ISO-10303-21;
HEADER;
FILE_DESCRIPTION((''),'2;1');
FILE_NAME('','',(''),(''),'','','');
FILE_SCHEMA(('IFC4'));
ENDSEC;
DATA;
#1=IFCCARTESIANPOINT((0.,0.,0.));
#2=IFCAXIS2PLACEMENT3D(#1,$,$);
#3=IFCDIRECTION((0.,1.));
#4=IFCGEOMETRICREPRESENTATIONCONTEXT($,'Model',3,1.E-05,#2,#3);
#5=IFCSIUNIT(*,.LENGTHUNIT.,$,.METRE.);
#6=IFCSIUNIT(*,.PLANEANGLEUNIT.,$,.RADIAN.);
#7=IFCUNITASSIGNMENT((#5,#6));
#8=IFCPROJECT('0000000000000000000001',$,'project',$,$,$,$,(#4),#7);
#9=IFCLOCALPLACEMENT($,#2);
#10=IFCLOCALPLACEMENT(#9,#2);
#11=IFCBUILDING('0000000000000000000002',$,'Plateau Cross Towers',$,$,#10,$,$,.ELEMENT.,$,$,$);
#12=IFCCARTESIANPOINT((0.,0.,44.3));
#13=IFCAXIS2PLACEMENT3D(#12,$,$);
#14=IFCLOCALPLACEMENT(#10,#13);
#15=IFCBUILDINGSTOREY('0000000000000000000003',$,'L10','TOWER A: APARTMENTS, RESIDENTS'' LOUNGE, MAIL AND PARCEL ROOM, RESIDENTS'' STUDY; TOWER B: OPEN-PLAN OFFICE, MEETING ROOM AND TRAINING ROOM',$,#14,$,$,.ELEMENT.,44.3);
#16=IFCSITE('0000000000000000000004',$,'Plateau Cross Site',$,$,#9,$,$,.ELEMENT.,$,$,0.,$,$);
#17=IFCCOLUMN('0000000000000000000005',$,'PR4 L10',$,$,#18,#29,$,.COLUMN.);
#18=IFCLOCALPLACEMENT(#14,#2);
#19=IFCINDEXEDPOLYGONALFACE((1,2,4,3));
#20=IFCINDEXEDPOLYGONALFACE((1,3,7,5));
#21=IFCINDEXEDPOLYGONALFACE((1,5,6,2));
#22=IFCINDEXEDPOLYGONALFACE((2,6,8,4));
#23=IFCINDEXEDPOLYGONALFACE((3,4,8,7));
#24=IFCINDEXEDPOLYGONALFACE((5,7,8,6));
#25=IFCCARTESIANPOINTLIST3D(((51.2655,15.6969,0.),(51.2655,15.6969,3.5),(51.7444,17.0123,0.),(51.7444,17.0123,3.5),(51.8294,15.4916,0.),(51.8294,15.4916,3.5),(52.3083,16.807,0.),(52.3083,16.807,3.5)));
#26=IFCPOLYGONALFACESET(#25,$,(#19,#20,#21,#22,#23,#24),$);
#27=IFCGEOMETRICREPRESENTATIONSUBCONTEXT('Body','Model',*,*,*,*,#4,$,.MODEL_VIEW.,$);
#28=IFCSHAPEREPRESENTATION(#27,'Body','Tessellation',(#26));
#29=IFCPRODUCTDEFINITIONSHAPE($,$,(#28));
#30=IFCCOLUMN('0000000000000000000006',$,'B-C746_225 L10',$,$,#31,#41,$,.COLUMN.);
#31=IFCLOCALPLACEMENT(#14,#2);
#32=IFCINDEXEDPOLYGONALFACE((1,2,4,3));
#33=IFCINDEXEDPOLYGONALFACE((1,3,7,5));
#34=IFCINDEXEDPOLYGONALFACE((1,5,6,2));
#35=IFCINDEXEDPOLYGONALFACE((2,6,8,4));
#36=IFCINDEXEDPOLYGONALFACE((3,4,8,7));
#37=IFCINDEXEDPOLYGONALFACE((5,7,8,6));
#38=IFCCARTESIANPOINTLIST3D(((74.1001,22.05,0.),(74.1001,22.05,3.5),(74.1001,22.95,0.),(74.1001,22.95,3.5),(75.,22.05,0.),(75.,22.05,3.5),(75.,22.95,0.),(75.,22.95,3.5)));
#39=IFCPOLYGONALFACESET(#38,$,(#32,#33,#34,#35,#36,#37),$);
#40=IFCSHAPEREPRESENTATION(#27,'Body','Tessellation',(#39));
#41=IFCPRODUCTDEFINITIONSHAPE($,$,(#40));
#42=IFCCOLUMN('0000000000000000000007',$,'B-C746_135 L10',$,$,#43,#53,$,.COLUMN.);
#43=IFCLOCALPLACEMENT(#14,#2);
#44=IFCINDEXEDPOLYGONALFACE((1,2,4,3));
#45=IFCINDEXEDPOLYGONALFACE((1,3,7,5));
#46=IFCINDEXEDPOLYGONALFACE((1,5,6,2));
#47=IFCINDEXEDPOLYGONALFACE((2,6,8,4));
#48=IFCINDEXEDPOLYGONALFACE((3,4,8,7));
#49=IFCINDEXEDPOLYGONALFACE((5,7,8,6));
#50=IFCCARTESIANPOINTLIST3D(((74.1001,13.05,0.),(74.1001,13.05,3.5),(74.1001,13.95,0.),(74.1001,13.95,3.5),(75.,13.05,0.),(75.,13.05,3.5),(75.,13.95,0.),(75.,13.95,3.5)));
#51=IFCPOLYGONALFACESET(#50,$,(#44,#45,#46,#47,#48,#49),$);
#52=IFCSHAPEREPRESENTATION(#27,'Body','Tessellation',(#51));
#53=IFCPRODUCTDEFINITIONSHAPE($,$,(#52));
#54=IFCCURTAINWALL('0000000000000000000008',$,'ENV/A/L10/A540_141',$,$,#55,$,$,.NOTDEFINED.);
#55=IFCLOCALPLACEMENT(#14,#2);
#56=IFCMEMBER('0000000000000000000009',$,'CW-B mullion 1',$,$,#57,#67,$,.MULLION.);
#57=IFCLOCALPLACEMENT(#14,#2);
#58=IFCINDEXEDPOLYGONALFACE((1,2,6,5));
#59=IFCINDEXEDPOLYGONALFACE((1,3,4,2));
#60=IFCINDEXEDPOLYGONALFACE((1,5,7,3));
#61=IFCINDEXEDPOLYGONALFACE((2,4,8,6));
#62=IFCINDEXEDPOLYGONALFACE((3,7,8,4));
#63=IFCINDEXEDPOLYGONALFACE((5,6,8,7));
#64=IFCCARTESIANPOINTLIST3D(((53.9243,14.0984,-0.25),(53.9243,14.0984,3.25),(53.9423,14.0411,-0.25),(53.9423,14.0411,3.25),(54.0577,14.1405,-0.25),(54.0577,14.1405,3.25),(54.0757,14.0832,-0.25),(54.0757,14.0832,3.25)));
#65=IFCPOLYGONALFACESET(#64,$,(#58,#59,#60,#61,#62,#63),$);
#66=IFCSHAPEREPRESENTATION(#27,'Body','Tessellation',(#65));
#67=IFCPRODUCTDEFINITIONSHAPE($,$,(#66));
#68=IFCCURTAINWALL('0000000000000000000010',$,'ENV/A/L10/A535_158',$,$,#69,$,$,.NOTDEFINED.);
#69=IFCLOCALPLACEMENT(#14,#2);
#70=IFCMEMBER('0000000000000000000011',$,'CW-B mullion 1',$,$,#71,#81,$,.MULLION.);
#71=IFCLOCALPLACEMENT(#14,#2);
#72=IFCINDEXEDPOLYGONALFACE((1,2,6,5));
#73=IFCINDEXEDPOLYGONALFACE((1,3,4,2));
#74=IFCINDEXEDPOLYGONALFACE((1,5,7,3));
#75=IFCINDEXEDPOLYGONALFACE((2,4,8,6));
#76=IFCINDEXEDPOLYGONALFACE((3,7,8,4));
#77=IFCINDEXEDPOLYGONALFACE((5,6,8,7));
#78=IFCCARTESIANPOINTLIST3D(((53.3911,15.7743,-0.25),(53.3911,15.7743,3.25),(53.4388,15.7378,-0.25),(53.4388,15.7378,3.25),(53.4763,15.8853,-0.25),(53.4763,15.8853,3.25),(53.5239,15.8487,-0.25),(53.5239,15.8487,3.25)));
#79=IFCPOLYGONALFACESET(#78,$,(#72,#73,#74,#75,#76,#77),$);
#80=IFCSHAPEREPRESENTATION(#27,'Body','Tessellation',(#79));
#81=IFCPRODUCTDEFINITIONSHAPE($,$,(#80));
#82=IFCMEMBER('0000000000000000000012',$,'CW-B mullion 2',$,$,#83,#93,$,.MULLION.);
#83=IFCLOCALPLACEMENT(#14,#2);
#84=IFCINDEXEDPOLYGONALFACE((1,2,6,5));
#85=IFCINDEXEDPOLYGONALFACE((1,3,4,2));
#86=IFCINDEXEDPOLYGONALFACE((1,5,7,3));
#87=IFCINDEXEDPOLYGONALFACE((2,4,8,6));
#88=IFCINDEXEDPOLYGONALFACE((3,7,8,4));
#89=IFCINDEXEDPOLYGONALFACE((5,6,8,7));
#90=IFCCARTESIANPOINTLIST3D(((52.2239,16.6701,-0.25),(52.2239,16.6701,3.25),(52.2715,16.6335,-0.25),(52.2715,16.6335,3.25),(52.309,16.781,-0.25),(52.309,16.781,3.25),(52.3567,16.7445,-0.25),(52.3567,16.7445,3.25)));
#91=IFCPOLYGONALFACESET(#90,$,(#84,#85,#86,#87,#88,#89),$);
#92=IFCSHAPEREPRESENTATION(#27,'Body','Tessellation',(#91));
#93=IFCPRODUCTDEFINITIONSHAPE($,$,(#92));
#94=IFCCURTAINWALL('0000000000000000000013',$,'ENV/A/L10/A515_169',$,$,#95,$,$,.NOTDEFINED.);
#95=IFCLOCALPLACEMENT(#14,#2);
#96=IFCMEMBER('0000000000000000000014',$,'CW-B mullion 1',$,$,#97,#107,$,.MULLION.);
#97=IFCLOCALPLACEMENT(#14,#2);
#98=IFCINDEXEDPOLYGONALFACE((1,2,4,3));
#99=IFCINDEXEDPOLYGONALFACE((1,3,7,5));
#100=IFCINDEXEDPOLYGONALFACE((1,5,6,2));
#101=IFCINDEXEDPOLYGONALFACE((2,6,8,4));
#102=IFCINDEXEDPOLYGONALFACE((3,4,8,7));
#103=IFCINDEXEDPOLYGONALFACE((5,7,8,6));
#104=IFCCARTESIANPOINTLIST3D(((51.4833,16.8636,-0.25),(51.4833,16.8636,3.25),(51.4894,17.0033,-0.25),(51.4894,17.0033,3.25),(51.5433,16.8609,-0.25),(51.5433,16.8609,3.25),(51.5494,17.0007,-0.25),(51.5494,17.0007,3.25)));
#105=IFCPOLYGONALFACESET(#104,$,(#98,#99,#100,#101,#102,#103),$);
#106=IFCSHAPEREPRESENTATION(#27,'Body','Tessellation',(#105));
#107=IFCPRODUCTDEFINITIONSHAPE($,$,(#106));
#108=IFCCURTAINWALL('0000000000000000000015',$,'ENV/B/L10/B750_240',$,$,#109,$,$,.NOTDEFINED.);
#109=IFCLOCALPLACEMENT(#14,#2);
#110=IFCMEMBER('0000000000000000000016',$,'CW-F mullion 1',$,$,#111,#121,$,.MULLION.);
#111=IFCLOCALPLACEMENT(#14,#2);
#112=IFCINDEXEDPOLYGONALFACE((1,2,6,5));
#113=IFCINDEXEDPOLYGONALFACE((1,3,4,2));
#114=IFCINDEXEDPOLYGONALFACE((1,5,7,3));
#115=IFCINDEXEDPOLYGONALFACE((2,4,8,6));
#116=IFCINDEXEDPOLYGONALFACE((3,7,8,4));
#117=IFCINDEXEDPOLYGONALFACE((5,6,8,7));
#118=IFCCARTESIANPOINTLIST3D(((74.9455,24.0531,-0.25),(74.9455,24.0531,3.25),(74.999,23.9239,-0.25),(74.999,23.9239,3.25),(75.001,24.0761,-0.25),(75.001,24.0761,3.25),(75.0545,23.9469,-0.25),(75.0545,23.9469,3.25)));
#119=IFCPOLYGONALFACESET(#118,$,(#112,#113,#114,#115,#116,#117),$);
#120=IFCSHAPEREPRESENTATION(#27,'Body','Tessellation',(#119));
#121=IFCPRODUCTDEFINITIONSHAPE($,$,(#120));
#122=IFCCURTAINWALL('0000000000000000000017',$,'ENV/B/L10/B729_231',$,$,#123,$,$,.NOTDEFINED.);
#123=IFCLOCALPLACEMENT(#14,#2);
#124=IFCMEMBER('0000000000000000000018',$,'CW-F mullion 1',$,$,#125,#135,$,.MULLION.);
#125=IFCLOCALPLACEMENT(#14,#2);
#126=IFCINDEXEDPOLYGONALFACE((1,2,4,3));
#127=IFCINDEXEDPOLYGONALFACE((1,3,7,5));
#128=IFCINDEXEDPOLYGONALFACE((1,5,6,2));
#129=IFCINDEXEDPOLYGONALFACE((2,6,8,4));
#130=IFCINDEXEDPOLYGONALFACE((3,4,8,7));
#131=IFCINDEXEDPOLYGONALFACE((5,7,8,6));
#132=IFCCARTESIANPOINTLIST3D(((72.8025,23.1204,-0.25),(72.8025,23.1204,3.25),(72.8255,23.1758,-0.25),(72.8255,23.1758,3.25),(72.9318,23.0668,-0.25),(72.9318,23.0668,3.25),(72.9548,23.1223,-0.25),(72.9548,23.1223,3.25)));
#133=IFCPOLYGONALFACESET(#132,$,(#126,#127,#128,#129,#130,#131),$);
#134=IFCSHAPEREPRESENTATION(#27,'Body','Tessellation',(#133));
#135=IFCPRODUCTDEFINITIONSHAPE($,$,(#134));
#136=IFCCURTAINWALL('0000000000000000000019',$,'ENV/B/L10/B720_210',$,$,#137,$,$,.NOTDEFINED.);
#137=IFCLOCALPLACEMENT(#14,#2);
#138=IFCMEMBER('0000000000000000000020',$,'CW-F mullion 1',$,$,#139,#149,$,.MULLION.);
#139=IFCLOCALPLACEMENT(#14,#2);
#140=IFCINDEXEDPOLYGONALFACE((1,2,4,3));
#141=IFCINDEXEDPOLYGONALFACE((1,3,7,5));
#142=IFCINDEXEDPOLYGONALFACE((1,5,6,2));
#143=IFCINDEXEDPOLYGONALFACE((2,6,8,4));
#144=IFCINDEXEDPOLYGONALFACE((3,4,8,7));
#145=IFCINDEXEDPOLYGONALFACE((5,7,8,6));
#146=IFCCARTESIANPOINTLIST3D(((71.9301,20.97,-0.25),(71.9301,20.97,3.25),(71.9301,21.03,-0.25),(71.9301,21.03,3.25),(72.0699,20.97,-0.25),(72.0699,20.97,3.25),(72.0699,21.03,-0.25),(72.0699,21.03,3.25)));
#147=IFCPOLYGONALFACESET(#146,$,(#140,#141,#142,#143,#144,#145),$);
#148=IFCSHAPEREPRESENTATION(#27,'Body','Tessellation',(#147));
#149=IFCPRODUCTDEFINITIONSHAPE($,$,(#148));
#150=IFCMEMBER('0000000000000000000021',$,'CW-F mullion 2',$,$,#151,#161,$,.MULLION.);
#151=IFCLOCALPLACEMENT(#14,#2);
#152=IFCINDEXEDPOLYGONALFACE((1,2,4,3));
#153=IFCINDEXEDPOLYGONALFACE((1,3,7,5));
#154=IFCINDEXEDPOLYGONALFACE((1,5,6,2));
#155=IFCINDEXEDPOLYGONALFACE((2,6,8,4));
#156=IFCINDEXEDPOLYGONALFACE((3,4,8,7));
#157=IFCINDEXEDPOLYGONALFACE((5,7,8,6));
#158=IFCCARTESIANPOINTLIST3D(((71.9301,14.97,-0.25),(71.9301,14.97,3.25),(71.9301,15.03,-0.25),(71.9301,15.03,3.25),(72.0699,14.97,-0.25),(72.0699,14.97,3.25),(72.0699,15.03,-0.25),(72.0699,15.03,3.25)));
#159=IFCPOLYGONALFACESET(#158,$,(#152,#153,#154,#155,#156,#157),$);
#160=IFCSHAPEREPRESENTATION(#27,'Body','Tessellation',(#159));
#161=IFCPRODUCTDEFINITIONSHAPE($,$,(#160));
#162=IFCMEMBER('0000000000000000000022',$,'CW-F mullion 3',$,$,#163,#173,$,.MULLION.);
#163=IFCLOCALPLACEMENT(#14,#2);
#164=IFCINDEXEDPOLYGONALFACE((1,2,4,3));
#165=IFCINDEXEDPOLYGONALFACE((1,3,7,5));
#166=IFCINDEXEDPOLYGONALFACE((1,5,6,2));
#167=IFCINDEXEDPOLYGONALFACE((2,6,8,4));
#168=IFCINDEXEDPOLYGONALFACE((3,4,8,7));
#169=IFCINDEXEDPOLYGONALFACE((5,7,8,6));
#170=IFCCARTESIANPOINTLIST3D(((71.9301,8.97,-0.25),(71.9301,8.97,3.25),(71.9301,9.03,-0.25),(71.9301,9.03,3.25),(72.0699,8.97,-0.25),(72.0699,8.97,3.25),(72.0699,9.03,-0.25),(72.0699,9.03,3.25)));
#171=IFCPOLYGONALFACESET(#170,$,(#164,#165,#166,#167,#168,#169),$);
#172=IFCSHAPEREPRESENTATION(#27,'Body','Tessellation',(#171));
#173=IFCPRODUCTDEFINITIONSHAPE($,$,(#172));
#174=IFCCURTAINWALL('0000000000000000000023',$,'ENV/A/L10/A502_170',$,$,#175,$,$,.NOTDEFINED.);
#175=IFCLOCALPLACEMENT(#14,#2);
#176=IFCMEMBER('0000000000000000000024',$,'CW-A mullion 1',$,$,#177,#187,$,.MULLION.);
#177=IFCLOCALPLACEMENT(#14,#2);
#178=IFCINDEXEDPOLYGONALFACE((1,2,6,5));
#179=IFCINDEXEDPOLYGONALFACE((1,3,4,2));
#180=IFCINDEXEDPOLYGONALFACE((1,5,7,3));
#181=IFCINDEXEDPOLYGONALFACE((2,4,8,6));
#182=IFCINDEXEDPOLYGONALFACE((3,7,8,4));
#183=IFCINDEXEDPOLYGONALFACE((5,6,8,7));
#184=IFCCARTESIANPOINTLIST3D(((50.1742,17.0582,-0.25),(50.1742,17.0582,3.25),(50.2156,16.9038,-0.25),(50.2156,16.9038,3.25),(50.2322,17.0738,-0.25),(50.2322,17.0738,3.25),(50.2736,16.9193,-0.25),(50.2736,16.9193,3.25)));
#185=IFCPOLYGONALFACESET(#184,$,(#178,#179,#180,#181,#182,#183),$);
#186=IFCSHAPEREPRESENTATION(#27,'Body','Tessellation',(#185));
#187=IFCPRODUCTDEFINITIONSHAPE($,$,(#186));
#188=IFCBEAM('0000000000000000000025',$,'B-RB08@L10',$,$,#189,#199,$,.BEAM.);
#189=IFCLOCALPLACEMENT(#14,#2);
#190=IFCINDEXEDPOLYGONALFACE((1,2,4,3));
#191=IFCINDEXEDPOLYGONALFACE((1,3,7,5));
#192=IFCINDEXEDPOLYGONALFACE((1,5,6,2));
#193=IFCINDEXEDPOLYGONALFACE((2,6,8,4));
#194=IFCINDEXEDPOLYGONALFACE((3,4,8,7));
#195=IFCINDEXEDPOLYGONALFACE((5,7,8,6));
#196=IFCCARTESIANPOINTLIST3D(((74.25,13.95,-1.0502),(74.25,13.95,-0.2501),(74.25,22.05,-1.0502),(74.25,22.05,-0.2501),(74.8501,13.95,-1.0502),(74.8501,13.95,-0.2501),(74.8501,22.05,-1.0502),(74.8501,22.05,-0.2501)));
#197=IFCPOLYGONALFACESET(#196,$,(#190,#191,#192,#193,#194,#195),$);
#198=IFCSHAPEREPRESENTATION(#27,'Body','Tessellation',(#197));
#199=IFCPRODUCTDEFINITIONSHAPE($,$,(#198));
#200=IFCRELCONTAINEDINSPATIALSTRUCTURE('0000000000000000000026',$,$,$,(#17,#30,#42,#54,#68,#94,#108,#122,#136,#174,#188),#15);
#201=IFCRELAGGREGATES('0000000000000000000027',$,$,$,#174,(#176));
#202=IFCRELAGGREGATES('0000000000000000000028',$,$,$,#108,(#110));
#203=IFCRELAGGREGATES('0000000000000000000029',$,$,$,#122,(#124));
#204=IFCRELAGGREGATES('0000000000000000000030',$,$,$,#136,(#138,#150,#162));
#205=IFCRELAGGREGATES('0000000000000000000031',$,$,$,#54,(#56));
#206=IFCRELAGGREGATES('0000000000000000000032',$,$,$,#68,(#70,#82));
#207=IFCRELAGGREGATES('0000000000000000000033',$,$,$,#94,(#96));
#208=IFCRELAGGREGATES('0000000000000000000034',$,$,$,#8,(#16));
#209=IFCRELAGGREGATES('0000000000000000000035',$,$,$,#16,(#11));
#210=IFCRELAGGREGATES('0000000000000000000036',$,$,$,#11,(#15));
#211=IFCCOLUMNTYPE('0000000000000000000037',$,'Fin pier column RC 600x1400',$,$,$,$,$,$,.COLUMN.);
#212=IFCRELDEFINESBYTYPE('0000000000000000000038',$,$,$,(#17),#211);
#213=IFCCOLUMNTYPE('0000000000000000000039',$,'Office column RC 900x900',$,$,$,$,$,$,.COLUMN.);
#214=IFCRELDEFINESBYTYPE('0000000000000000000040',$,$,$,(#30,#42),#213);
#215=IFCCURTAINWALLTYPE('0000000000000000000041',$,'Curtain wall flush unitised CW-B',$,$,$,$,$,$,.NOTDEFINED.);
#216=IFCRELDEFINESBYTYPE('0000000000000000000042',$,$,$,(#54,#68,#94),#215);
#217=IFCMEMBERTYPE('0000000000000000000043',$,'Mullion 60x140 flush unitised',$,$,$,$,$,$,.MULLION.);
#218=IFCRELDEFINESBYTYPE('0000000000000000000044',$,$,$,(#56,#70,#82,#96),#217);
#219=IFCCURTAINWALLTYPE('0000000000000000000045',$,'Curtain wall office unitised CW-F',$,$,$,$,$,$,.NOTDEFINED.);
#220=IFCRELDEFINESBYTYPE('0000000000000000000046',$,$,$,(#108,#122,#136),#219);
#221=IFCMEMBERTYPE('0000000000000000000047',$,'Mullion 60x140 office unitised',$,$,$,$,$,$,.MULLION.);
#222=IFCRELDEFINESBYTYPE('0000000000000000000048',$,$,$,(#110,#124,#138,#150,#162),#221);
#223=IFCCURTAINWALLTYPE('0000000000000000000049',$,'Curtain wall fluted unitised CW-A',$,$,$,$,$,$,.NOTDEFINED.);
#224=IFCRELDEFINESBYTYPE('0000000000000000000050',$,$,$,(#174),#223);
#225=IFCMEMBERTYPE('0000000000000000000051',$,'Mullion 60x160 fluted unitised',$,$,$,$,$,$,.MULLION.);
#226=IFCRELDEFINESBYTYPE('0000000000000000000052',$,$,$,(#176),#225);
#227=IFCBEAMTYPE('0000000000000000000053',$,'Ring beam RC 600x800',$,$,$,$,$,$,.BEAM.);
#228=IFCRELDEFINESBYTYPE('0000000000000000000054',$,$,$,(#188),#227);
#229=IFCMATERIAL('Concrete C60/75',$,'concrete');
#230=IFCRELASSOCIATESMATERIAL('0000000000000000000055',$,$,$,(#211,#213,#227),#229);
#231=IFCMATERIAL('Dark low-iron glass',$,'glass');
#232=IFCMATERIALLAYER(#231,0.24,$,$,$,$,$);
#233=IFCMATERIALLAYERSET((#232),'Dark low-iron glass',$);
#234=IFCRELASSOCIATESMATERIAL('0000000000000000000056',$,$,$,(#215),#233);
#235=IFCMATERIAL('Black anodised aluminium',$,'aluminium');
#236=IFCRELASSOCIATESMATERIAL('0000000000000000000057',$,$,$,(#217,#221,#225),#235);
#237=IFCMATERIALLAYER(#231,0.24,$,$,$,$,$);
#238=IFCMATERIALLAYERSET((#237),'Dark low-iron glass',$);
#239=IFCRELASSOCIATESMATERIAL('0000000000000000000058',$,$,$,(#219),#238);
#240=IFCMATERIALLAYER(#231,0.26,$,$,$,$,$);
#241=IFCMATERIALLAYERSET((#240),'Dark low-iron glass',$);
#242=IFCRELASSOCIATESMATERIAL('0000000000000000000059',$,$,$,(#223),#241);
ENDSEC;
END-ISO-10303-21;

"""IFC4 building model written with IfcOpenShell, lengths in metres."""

from ifc_helpers import new_model, si_unit, direction, frame, origin, origin_2d, place, context, subcontext, project, spatial, rectangle, extrude, material, layer, layer_set, material_profile, profile_set, type_object, element, aggregate, save


model = new_model("IFC4")

# Units and contexts
model_context = context("Model", 3, precision=1e-05, world=origin(), true_north=direction((0.0, 1.0)))
body_context = subcontext(model_context, "Body", "Model", "MODEL_VIEW")
ifc_project = project(units=[si_unit("LENGTHUNIT", "METRE"), si_unit("PLANEANGLEUNIT", "RADIAN")], contexts=[model_context])

# Site, building, storey
site_placement = place(None, origin())
site = spatial("IfcSite", under=ifc_project, at=site_placement, Name="Plateau Cross Site", CompositionType="ELEMENT", RefElevation=0.0)
building_placement = place(site_placement, origin())
building = spatial("IfcBuilding", under=site, at=building_placement, Name="Plateau Cross Towers", CompositionType="ELEMENT")
storey_placement = place(building_placement, frame((0.0, 0.0, 44.3)))
storey = spatial("IfcBuildingStorey", under=building, at=storey_placement, Name="L10", Description="TOWER A: APARTMENTS, RESIDENTS' LOUNGE, MAIL AND PARCEL ROOM, RESIDENTS' STUDY; TOWER B: OPEN-PLAN OFFICE, MEETING ROOM AND TRAINING ROOM", CompositionType="ELEMENT", Elevation=44.3)

# Columns
ifc_material_1 = material(Name="Concrete C60/75", Category="concrete")
ifc_material_profile_1 = material_profile(ifc_material_1, rectangle(XDim=0.6001, YDim=1.3999, at=origin_2d()), Name="RC 600x1400")
ifc_profile_set_1 = profile_set([ifc_material_profile_1], Name="Concrete C60/75")
column_type_1 = type_object("IfcColumnType", Name="Fin pier column RC 600x1400", PredefinedType="COLUMN", material=ifc_profile_set_1)
column_placement = place(storey_placement, frame((51.7869, 16.252, 0.0), z_axis=(0.0, 0.0, 1.0), x_axis=(-0.939664, 0.342098, 0.0)))
element("IfcColumn", 1, at=column_placement, inside=storey, type_object=column_type_1, Name="PR4 L10", PredefinedType="COLUMN", context=body_context, shape_type="SweptSolid", body=[
    extrude(rectangle(XDim=0.6001, YDim=1.3999, at=origin_2d()), origin(), (0.0, 0.0, 1.0), 3.5),
])
ifc_material_profile_2 = material_profile(ifc_material_1, rectangle(XDim=0.8999, YDim=0.8999, at=origin_2d()), Name="RC 900x900")
ifc_profile_set_2 = profile_set([ifc_material_profile_2], Name="Concrete C60/75")
column_type_2 = type_object("IfcColumnType", Name="Office column RC 900x900", PredefinedType="COLUMN", material=ifc_profile_set_2)
for number, where, z_axis, x_axis, name in (
    (2, (74.55, 22.5, 0.0), (0.0, 0.0, 1.0), (1.0, 0.0, 0.0), "B-C746_225 L10"),
    (3, (74.55, 13.5, 0.0), (0.0, 0.0, 1.0), (1.0, 0.0, 0.0), "B-C746_135 L10"),
):
    element("IfcColumn", number, at=place(storey_placement, frame(where, z_axis=z_axis, x_axis=x_axis)), inside=storey, type_object=column_type_2, Name=name, PredefinedType="COLUMN", context=body_context, shape_type="SweptSolid", body=[
        extrude(rectangle(XDim=0.8999, YDim=0.8999, at=origin_2d()), origin(), (0.0, 0.0, 1.0), 3.5),
    ])

# Curtain wall, member
ifc_material_2 = material(Name="Dark low-iron glass", Category="glass")
ifc_layer_1 = layer(ifc_material_2, 0.24)
ifc_layer_set_1 = layer_set([ifc_layer_1], Name="Dark low-iron glass")
curtain_wall_type_1 = type_object("IfcCurtainWallType", Name="Curtain wall flush unitised CW-B", PredefinedType="NOTDEFINED", material=ifc_layer_set_1)
curtain_wall_1_placement = place(storey_placement, origin())
curtain_wall_1 = element("IfcCurtainWall", 4, at=curtain_wall_1_placement, inside=storey, type_object=curtain_wall_type_1, Name="ENV/A/L10/A540_141", PredefinedType="NOTDEFINED")
ifc_material_3 = material(Name="Black anodised aluminium", Category="aluminium")
ifc_material_profile_3 = material_profile(ifc_material_3, rectangle(XDim=0.0601, YDim=0.1399, at=origin_2d()), Name="MULLION 60x140")
ifc_profile_set_3 = profile_set([ifc_material_profile_3], Name="Black anodised aluminium")
member_type_1 = type_object("IfcMemberType", Name="Mullion 60x140 flush unitised", PredefinedType="MULLION", material=ifc_profile_set_3)
member_1_placement = place(storey_placement, frame((54.0, 14.0908, -0.25), z_axis=(0.0, 0.0, 1.0), x_axis=(-0.300686, 0.953723, 0.0)))
member_1 = element("IfcMember", 5, at=member_1_placement, type_object=member_type_1, Name="CW-B mullion 1", PredefinedType="MULLION", context=body_context, shape_type="SweptSolid", body=[
    extrude(rectangle(XDim=0.0601, YDim=0.1399, at=origin_2d()), origin(), (0.0, 0.0, 1.0), 3.5),
])

# Curtain wall, members
curtain_wall_2_placement = place(storey_placement, origin())
curtain_wall_2 = element("IfcCurtainWall", 6, at=curtain_wall_2_placement, inside=storey, type_object=curtain_wall_type_1, Name="ENV/A/L10/A535_158", PredefinedType="NOTDEFINED")
member_2_placement = place(storey_placement, frame((53.4575, 15.8115, -0.25), z_axis=(0.0, 0.0, 1.0), x_axis=(-0.793316, 0.608811, 0.0)))
member_2 = element("IfcMember", 7, at=member_2_placement, type_object=member_type_1, Name="CW-B mullion 1", PredefinedType="MULLION", context=body_context, shape_type="SweptSolid", body=[
    extrude(rectangle(XDim=0.0601, YDim=0.1399, at=origin_2d()), origin(), (0.0, 0.0, 1.0), 3.5),
])
member_3_placement = place(storey_placement, frame((52.2903, 16.7073, -0.25), z_axis=(0.0, 0.0, 1.0), x_axis=(-0.793316, 0.608811, 0.0)))
member_3 = element("IfcMember", 8, at=member_3_placement, type_object=member_type_1, Name="CW-B mullion 2", PredefinedType="MULLION", context=body_context, shape_type="SweptSolid", body=[
    extrude(rectangle(XDim=0.0601, YDim=0.1399, at=origin_2d()), origin(), (0.0, 0.0, 1.0), 3.5),
])

# Curtain walls, members
curtain_wall_3_placement = place(storey_placement, origin())
curtain_wall_3 = element("IfcCurtainWall", 9, at=curtain_wall_3_placement, inside=storey, type_object=curtain_wall_type_1, Name="ENV/A/L10/A515_169", PredefinedType="NOTDEFINED")
member_4_placement = place(storey_placement, frame((51.5164, 16.9321, -0.25), z_axis=(0.0, 0.0, 1.0), x_axis=(-0.999044, 0.043723, 0.0)))
member_4 = element("IfcMember", 10, at=member_4_placement, type_object=member_type_1, Name="CW-B mullion 1", PredefinedType="MULLION", context=body_context, shape_type="SweptSolid", body=[
    extrude(rectangle(XDim=0.0601, YDim=0.1399, at=origin_2d()), origin(), (0.0, 0.0, 1.0), 3.5),
])
ifc_layer_2 = layer(ifc_material_2, 0.24)
ifc_layer_set_2 = layer_set([ifc_layer_2], Name="Dark low-iron glass")
curtain_wall_type_2 = type_object("IfcCurtainWallType", Name="Curtain wall office unitised CW-F", PredefinedType="NOTDEFINED", material=ifc_layer_set_2)
curtain_wall_4_placement = place(storey_placement, origin())
curtain_wall_4 = element("IfcCurtainWall", 11, at=curtain_wall_4_placement, inside=storey, type_object=curtain_wall_type_2, Name="ENV/B/L10/B750_240", PredefinedType="NOTDEFINED")
ifc_material_profile_4 = material_profile(ifc_material_3, rectangle(XDim=0.0601, YDim=0.1399, at=origin_2d()), Name="MULLION 60x140")
ifc_profile_set_4 = profile_set([ifc_material_profile_4], Name="Black anodised aluminium")
member_type_2 = type_object("IfcMemberType", Name="Mullion 60x140 office unitised", PredefinedType="MULLION", material=ifc_profile_set_4)
member_5_placement = place(storey_placement, frame((75.0, 24.0, -0.25), z_axis=(0.0, 0.0, 1.0), x_axis=(-0.923879, -0.382684, 0.0)))
member_5 = element("IfcMember", 12, at=member_5_placement, type_object=member_type_2, Name="CW-F mullion 1", PredefinedType="MULLION", context=body_context, shape_type="SweptSolid", body=[
    extrude(rectangle(XDim=0.0601, YDim=0.1399, at=origin_2d()), origin(), (0.0, 0.0, 1.0), 3.5),
])
curtain_wall_5_placement = place(storey_placement, origin())
curtain_wall_5 = element("IfcCurtainWall", 13, at=curtain_wall_5_placement, inside=storey, type_object=curtain_wall_type_2, Name="ENV/B/L10/B729_231", PredefinedType="NOTDEFINED")
member_6_placement = place(storey_placement, frame((72.8787, 23.1213, -0.25), z_axis=(0.0, 0.0, 1.0), x_axis=(-0.382684, -0.923879, 0.0)))
member_6 = element("IfcMember", 14, at=member_6_placement, type_object=member_type_2, Name="CW-F mullion 1", PredefinedType="MULLION", context=body_context, shape_type="SweptSolid", body=[
    extrude(rectangle(XDim=0.0601, YDim=0.1399, at=origin_2d()), origin(), (0.0, 0.0, 1.0), 3.5),
])

# Curtain wall, members
curtain_wall_6_placement = place(storey_placement, origin())
curtain_wall_6 = element("IfcCurtainWall", 15, at=curtain_wall_6_placement, inside=storey, type_object=curtain_wall_type_2, Name="ENV/B/L10/B720_210", PredefinedType="NOTDEFINED")
member_7_placement = place(storey_placement, frame((72.0, 21.0, -0.25), z_axis=(0.0, 0.0, 1.0), x_axis=(0.0, -1.0, 0.0)))
member_7 = element("IfcMember", 16, at=member_7_placement, type_object=member_type_2, Name="CW-F mullion 1", PredefinedType="MULLION", context=body_context, shape_type="SweptSolid", body=[
    extrude(rectangle(XDim=0.0601, YDim=0.1399, at=origin_2d()), origin(), (0.0, 0.0, 1.0), 3.5),
])
member_8_placement = place(storey_placement, frame((72.0, 15.0, -0.25), z_axis=(0.0, 0.0, 1.0), x_axis=(0.0, -1.0, 0.0)))
member_8 = element("IfcMember", 17, at=member_8_placement, type_object=member_type_2, Name="CW-F mullion 2", PredefinedType="MULLION", context=body_context, shape_type="SweptSolid", body=[
    extrude(rectangle(XDim=0.0601, YDim=0.1399, at=origin_2d()), origin(), (0.0, 0.0, 1.0), 3.5),
])
member_9_placement = place(storey_placement, frame((72.0, 9.0, -0.25), z_axis=(0.0, 0.0, 1.0), x_axis=(0.0, -1.0, 0.0)))
member_9 = element("IfcMember", 18, at=member_9_placement, type_object=member_type_2, Name="CW-F mullion 3", PredefinedType="MULLION", context=body_context, shape_type="SweptSolid", body=[
    extrude(rectangle(XDim=0.0601, YDim=0.1399, at=origin_2d()), origin(), (0.0, 0.0, 1.0), 3.5),
])

# Curtain wall, member
ifc_layer_3 = layer(ifc_material_2, 0.26)
ifc_layer_set_3 = layer_set([ifc_layer_3], Name="Dark low-iron glass")
curtain_wall_type_3 = type_object("IfcCurtainWallType", Name="Curtain wall fluted unitised CW-A", PredefinedType="NOTDEFINED", material=ifc_layer_set_3)
curtain_wall_7_placement = place(storey_placement, origin())
curtain_wall_7 = element("IfcCurtainWall", 19, at=curtain_wall_7_placement, inside=storey, type_object=curtain_wall_type_3, Name="ENV/A/L10/A502_170", PredefinedType="NOTDEFINED")
ifc_material_profile_5 = material_profile(ifc_material_3, rectangle(XDim=0.0601, YDim=0.1599, at=origin_2d()), Name="MULLION 60x160")
ifc_profile_set_5 = profile_set([ifc_material_profile_5], Name="Black anodised aluminium")
member_type_3 = type_object("IfcMemberType", Name="Mullion 60x160 fluted unitised", PredefinedType="MULLION", material=ifc_profile_set_5)
member_10_placement = place(storey_placement, frame((50.2239, 16.9888, -0.25), z_axis=(0.0, 0.0, 1.0), x_axis=(-0.965958, -0.258699, 0.0)))
member_10 = element("IfcMember", 20, at=member_10_placement, type_object=member_type_3, Name="CW-A mullion 1", PredefinedType="MULLION", context=body_context, shape_type="SweptSolid", body=[
    extrude(rectangle(XDim=0.0601, YDim=0.1599, at=origin_2d()), origin(), (0.0, 0.0, 1.0), 3.5),
])

# Beam
ifc_material_profile_6 = material_profile(ifc_material_1, rectangle(XDim=0.6001, YDim=0.8, at=origin_2d()), Name="RC 600x800")
ifc_profile_set_6 = profile_set([ifc_material_profile_6], Name="Concrete C60/75")
beam_type = type_object("IfcBeamType", Name="Ring beam RC 600x800", PredefinedType="BEAM", material=ifc_profile_set_6)
for number, where, z_axis, x_axis, name in (
    (21, (74.55, 22.05, -0.6501), (0.0, -1.0, 0.0), (1.0, 0.0, 0.0), "B-RB08@L10"),
):
    element("IfcBeam", number, at=place(storey_placement, frame(where, z_axis=z_axis, x_axis=x_axis)), inside=storey, type_object=beam_type, Name=name, PredefinedType="BEAM", context=body_context, shape_type="SweptSolid", body=[
        extrude(rectangle(XDim=0.6001, YDim=0.8, at=origin_2d()), origin(), (0.0, 0.0, 1.0), 8.1001),
    ])

aggregate(curtain_wall_7, [member_10])

aggregate(curtain_wall_4, [member_5])
aggregate(curtain_wall_5, [member_6])
aggregate(curtain_wall_6, [member_7, member_8, member_9])

aggregate(curtain_wall_1, [member_1])
aggregate(curtain_wall_2, [member_2, member_3])
aggregate(curtain_wall_3, [member_4])

save(model, "model.ifc")
